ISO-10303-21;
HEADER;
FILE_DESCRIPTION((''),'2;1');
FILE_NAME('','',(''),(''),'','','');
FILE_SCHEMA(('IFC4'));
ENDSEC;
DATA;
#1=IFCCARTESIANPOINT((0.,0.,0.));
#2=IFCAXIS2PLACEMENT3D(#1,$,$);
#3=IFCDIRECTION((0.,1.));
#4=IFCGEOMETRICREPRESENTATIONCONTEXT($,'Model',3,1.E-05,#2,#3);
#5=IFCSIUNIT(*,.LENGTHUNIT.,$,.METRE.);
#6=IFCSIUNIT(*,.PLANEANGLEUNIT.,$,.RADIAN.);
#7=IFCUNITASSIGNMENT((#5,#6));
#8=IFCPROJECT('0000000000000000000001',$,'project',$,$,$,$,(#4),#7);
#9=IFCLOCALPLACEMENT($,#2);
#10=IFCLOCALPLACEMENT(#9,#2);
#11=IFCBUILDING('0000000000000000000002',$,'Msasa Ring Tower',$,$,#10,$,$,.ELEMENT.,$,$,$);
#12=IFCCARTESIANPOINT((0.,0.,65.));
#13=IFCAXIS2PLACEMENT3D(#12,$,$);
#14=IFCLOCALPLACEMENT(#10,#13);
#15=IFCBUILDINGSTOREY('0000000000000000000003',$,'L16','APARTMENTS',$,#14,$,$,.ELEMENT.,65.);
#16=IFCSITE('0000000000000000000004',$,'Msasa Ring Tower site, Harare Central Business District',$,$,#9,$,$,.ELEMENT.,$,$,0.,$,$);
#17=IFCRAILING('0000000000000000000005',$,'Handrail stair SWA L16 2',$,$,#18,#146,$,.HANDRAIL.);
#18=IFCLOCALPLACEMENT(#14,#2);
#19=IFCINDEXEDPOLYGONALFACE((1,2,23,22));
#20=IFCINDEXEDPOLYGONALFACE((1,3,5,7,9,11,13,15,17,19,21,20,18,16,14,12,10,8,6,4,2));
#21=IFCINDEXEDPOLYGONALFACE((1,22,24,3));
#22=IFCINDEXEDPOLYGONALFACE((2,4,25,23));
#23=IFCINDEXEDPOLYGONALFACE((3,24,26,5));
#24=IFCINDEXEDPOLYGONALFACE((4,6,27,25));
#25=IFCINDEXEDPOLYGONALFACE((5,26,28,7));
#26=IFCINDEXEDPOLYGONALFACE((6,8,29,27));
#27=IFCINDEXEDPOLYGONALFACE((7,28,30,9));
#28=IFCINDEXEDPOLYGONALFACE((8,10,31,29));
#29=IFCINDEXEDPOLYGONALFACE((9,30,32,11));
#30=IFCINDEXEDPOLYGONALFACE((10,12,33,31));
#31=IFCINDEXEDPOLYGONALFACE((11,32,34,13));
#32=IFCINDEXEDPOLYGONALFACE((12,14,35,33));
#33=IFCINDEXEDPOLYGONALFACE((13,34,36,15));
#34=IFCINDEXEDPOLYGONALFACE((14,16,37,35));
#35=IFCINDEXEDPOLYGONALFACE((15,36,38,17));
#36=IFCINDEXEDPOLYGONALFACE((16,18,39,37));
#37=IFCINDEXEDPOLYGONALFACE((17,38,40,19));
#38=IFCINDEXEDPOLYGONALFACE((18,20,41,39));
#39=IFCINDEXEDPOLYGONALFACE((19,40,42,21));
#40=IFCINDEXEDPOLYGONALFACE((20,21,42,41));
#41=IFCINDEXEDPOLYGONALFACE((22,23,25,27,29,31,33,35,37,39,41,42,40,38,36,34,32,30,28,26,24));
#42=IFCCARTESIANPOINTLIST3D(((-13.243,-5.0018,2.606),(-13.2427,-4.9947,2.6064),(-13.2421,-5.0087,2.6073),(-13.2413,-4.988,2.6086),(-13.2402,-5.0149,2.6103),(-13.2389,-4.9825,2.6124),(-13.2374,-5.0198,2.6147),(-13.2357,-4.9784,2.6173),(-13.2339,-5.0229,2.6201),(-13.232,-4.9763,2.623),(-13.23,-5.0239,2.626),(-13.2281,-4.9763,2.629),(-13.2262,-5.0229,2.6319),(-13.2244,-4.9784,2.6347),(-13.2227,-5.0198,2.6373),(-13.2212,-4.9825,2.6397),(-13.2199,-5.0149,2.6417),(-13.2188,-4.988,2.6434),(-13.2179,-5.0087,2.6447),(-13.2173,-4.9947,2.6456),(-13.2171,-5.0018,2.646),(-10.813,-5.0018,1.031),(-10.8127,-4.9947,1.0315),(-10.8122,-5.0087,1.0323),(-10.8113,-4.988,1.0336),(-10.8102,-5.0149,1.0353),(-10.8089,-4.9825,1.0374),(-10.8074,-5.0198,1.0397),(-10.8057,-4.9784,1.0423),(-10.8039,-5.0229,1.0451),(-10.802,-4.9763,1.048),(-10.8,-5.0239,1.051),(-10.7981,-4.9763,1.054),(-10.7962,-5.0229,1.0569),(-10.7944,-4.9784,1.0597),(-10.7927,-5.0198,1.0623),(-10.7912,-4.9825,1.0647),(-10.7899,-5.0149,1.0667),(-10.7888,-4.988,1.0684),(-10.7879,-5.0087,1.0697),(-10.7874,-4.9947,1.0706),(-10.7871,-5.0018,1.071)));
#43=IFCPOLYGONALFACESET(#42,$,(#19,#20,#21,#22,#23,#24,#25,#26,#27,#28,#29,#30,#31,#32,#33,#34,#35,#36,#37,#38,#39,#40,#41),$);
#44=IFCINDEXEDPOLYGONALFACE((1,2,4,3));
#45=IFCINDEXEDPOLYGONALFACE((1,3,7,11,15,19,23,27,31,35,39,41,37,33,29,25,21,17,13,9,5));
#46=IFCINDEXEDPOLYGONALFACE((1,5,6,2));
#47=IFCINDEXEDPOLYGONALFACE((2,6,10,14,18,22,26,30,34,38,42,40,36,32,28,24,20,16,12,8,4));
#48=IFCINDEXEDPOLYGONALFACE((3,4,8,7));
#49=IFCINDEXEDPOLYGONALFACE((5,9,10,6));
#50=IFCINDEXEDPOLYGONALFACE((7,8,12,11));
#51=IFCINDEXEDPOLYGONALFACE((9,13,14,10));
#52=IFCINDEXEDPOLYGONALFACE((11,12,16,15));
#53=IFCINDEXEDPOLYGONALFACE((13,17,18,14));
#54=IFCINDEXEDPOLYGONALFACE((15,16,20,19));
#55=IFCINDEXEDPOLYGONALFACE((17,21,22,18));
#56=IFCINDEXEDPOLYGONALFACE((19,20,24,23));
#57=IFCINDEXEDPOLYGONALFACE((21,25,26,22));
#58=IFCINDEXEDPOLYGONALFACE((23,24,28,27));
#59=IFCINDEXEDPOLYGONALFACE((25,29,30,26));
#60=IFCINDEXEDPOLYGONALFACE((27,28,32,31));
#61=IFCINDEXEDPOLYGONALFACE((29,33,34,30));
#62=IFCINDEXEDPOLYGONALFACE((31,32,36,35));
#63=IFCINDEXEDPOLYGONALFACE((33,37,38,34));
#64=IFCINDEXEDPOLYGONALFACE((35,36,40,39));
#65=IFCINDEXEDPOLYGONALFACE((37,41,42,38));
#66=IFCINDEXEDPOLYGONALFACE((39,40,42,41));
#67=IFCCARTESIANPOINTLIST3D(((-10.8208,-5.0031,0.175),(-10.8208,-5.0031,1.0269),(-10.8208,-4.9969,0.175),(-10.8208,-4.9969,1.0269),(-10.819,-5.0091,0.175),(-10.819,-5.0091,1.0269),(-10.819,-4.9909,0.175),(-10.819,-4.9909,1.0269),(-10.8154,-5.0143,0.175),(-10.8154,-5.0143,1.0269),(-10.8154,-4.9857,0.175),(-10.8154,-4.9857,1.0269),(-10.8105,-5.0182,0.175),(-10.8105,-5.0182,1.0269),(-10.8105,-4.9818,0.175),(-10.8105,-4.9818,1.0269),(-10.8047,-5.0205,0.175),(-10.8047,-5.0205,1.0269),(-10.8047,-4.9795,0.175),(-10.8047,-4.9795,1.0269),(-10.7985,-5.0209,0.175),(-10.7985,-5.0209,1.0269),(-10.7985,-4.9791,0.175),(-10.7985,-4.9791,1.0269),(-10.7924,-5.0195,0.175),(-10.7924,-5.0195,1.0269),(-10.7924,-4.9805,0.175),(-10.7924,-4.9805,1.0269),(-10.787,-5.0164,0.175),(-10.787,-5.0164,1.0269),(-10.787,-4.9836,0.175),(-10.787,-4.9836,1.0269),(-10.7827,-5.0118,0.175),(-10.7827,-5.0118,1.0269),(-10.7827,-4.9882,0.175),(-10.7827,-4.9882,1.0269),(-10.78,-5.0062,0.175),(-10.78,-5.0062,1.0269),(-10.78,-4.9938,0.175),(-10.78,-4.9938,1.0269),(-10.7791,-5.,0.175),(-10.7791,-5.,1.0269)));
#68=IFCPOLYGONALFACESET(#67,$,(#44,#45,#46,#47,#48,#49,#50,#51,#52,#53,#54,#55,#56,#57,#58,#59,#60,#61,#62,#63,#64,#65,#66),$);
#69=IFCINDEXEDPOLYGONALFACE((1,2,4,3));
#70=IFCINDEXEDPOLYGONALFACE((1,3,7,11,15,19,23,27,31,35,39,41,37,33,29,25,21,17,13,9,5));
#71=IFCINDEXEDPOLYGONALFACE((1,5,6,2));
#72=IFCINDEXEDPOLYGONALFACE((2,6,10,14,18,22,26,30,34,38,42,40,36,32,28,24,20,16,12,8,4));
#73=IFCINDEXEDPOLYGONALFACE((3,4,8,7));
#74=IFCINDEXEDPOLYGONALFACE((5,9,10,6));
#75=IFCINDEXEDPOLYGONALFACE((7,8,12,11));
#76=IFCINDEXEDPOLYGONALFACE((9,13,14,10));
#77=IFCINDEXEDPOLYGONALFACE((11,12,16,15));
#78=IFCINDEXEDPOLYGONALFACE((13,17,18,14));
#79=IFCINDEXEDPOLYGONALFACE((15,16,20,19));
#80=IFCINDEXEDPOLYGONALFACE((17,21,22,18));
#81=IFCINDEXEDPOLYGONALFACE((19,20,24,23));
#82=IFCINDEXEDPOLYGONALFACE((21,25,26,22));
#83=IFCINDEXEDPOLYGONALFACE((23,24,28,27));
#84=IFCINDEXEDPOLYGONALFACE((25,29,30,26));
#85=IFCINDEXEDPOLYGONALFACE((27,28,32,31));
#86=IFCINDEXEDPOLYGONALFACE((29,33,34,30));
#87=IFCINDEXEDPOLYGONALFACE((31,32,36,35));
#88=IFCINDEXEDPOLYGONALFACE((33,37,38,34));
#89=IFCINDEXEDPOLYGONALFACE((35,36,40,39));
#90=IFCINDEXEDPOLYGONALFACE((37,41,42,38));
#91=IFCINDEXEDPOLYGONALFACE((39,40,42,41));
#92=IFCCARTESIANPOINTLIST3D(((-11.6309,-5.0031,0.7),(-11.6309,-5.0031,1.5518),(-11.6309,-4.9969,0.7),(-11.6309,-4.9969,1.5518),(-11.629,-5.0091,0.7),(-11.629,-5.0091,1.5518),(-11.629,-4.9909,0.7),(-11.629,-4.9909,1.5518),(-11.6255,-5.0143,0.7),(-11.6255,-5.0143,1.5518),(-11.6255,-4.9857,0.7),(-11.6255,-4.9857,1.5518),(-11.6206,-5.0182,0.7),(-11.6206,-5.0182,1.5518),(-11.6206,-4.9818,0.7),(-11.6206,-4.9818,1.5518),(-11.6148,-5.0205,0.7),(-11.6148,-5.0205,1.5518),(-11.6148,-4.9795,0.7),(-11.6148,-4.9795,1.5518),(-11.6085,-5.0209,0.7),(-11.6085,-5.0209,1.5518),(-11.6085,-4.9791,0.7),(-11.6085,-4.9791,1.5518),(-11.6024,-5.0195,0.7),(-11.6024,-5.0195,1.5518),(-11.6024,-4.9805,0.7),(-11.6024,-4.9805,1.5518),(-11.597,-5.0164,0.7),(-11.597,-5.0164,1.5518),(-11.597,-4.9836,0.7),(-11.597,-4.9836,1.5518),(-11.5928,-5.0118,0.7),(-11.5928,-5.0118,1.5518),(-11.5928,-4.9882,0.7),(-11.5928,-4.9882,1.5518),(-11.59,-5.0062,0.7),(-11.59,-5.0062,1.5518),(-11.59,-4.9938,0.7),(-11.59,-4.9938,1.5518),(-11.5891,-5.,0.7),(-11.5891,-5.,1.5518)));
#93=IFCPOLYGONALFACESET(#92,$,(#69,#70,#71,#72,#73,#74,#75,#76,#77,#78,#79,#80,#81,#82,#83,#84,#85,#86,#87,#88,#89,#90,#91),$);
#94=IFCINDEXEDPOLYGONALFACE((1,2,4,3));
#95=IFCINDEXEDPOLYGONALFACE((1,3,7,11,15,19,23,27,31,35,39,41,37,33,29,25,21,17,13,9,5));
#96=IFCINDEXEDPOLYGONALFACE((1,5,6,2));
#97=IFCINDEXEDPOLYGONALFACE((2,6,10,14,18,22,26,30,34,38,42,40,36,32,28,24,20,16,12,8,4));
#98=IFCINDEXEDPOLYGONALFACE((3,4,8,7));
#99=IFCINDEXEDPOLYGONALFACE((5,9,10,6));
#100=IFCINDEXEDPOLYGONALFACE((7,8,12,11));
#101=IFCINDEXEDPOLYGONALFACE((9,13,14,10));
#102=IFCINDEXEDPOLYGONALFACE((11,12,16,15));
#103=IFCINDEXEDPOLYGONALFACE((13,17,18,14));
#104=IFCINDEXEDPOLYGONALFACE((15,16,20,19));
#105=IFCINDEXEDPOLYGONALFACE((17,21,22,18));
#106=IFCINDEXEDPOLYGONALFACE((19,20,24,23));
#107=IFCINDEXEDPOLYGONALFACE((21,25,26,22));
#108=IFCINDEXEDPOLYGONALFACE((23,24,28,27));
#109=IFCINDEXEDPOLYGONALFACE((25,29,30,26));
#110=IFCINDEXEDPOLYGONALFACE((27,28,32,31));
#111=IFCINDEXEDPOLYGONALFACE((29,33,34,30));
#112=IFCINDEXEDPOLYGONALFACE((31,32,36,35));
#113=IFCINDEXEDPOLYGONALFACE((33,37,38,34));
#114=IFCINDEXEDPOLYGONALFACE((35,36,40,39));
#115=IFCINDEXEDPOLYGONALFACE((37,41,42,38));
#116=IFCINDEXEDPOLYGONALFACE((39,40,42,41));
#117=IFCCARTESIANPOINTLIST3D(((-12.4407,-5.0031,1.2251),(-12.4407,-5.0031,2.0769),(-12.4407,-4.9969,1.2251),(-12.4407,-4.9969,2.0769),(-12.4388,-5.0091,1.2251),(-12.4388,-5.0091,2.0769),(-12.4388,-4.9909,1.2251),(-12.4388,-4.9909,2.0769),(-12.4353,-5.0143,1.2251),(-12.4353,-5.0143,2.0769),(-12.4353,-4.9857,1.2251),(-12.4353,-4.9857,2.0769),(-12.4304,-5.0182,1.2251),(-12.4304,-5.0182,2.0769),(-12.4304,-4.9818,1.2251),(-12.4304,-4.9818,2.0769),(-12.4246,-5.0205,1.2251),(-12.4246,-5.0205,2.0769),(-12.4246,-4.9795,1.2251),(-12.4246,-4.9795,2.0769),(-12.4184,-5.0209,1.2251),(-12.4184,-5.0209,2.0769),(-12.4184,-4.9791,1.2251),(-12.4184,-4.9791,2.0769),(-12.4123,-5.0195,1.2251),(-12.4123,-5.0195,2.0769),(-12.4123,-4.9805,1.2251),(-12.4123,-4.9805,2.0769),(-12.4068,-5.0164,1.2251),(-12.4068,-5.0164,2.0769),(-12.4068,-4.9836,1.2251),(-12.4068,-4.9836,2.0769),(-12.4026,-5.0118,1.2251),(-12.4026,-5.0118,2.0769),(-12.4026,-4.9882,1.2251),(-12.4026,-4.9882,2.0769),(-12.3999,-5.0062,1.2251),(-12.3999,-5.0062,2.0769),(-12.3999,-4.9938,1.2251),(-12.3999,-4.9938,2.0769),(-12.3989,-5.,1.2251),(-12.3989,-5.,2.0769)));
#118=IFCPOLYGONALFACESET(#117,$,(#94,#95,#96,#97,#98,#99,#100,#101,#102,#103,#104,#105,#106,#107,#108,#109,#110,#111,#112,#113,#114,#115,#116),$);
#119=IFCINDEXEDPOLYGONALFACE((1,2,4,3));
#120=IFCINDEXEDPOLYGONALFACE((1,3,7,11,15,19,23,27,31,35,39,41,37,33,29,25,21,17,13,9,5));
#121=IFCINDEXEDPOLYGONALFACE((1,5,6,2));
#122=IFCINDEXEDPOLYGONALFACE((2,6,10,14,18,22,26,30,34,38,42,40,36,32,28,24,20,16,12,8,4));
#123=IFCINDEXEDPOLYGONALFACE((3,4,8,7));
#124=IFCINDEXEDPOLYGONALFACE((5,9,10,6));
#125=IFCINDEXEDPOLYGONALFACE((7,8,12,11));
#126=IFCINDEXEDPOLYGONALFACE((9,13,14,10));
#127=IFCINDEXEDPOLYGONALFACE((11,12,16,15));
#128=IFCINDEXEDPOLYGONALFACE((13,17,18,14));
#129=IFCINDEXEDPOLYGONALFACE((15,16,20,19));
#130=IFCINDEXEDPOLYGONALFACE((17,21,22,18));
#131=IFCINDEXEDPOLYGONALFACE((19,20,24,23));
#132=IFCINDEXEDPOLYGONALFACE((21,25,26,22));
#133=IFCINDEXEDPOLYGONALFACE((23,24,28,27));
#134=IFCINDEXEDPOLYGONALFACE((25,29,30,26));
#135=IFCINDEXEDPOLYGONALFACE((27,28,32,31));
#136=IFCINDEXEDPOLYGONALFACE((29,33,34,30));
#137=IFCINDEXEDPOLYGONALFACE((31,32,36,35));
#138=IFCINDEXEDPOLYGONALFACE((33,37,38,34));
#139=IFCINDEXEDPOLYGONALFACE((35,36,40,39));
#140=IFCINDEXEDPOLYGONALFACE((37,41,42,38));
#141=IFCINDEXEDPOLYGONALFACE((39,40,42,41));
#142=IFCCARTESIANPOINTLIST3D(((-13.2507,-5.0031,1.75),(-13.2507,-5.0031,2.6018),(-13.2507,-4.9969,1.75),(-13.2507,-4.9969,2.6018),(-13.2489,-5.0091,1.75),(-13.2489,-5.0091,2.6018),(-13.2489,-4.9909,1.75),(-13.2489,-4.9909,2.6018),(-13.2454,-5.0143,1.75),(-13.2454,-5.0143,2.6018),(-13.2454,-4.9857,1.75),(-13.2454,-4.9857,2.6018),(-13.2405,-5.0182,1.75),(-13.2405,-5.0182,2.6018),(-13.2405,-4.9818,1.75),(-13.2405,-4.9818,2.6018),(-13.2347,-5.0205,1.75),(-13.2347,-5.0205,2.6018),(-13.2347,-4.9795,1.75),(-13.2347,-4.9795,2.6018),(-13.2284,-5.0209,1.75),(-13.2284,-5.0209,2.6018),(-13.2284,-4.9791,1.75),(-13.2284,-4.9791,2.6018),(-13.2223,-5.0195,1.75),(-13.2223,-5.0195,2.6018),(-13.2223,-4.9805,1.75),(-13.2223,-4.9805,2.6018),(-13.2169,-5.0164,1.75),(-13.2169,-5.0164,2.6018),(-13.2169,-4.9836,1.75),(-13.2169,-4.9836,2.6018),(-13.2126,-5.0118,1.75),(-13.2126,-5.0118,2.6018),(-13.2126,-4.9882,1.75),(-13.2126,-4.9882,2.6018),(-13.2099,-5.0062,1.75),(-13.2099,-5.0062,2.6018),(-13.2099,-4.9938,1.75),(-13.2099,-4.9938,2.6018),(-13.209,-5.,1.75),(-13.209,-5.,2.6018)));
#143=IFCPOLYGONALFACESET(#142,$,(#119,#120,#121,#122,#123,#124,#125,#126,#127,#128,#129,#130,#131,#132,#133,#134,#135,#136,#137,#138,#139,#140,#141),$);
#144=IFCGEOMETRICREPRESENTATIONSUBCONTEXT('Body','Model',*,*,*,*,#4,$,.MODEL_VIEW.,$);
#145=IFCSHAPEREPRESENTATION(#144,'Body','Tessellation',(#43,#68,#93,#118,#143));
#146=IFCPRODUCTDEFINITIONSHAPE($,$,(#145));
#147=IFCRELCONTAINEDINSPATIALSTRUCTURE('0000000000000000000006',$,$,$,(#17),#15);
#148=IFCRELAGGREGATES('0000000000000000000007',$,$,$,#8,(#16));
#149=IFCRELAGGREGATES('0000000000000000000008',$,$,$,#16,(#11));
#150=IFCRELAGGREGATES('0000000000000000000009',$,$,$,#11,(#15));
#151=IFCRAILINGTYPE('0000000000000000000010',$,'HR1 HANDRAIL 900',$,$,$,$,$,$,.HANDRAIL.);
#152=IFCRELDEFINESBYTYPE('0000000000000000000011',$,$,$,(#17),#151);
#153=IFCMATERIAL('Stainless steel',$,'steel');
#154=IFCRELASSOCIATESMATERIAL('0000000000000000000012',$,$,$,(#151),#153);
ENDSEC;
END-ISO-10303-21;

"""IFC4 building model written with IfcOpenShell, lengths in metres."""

from ifc_helpers import new_model, si_unit, direction, frame, origin, origin_2d, place, context, subcontext, project, spatial, circle, extrude, material, type_object, element, save


model = new_model("IFC4")

# Units and contexts
model_context = context("Model", 3, precision=1e-05, world=origin(), true_north=direction((0.0, 1.0)))
body_context = subcontext(model_context, "Body", "Model", "MODEL_VIEW")
ifc_project = project(units=[si_unit("LENGTHUNIT", "METRE"), si_unit("PLANEANGLEUNIT", "RADIAN")], contexts=[model_context])

# Site, building, storey
site_placement = place(None, origin())
site = spatial("IfcSite", under=ifc_project, at=site_placement, Name="Msasa Ring Tower site, Harare Central Business District", CompositionType="ELEMENT", RefElevation=0.0)
building_placement = place(site_placement, origin())
building = spatial("IfcBuilding", under=site, at=building_placement, Name="Msasa Ring Tower", CompositionType="ELEMENT")
storey_placement = place(building_placement, frame((0.0, 0.0, 65.0)))
storey = spatial("IfcBuildingStorey", under=building, at=storey_placement, Name="L16", Description="APARTMENTS", CompositionType="ELEMENT", Elevation=65.0)

# Railing
ifc_material_1 = material(Name="Stainless steel", Category="steel")
railing_type = type_object("IfcRailingType", Name="HR1 HANDRAIL 900", PredefinedType="HANDRAIL", material=ifc_material_1)
for number, where, name in (
    (1, (-10.8, -5.0, 0.175), "Handrail stair SWA L16 2"),
):
    element("IfcRailing", number, at=place(storey_placement, frame(where)), inside=storey, type_object=railing_type, Name=name, PredefinedType="HANDRAIL", context=body_context, shape_type="SweptSolid", body=[
        extrude(circle(Radius=0.0239, at=origin_2d()), frame((0.0, 0.0, 0.876), z_axis=(-0.839154, 0.0, 0.543894), x_axis=(0.0, -1.0, 0.0)), (0.0, 0.0, 1.0), 2.8958),
        extrude(circle(Radius=0.021, at=origin_2d()), origin(), (0.0, 0.0, 1.0), 0.8518),
        extrude(circle(Radius=0.021, at=origin_2d()), frame((-0.8101, 0.0, 0.5249)), (0.0, 0.0, 1.0), 0.8518),
        extrude(circle(Radius=0.021, at=origin_2d()), frame((-1.6199, 0.0, 1.05)), (0.0, 0.0, 1.0), 0.8518),
        extrude(circle(Radius=0.021, at=origin_2d()), frame((-2.4299, 0.0, 1.575)), (0.0, 0.0, 1.0), 0.8518),
    ])

save(model, "model.ifc")
